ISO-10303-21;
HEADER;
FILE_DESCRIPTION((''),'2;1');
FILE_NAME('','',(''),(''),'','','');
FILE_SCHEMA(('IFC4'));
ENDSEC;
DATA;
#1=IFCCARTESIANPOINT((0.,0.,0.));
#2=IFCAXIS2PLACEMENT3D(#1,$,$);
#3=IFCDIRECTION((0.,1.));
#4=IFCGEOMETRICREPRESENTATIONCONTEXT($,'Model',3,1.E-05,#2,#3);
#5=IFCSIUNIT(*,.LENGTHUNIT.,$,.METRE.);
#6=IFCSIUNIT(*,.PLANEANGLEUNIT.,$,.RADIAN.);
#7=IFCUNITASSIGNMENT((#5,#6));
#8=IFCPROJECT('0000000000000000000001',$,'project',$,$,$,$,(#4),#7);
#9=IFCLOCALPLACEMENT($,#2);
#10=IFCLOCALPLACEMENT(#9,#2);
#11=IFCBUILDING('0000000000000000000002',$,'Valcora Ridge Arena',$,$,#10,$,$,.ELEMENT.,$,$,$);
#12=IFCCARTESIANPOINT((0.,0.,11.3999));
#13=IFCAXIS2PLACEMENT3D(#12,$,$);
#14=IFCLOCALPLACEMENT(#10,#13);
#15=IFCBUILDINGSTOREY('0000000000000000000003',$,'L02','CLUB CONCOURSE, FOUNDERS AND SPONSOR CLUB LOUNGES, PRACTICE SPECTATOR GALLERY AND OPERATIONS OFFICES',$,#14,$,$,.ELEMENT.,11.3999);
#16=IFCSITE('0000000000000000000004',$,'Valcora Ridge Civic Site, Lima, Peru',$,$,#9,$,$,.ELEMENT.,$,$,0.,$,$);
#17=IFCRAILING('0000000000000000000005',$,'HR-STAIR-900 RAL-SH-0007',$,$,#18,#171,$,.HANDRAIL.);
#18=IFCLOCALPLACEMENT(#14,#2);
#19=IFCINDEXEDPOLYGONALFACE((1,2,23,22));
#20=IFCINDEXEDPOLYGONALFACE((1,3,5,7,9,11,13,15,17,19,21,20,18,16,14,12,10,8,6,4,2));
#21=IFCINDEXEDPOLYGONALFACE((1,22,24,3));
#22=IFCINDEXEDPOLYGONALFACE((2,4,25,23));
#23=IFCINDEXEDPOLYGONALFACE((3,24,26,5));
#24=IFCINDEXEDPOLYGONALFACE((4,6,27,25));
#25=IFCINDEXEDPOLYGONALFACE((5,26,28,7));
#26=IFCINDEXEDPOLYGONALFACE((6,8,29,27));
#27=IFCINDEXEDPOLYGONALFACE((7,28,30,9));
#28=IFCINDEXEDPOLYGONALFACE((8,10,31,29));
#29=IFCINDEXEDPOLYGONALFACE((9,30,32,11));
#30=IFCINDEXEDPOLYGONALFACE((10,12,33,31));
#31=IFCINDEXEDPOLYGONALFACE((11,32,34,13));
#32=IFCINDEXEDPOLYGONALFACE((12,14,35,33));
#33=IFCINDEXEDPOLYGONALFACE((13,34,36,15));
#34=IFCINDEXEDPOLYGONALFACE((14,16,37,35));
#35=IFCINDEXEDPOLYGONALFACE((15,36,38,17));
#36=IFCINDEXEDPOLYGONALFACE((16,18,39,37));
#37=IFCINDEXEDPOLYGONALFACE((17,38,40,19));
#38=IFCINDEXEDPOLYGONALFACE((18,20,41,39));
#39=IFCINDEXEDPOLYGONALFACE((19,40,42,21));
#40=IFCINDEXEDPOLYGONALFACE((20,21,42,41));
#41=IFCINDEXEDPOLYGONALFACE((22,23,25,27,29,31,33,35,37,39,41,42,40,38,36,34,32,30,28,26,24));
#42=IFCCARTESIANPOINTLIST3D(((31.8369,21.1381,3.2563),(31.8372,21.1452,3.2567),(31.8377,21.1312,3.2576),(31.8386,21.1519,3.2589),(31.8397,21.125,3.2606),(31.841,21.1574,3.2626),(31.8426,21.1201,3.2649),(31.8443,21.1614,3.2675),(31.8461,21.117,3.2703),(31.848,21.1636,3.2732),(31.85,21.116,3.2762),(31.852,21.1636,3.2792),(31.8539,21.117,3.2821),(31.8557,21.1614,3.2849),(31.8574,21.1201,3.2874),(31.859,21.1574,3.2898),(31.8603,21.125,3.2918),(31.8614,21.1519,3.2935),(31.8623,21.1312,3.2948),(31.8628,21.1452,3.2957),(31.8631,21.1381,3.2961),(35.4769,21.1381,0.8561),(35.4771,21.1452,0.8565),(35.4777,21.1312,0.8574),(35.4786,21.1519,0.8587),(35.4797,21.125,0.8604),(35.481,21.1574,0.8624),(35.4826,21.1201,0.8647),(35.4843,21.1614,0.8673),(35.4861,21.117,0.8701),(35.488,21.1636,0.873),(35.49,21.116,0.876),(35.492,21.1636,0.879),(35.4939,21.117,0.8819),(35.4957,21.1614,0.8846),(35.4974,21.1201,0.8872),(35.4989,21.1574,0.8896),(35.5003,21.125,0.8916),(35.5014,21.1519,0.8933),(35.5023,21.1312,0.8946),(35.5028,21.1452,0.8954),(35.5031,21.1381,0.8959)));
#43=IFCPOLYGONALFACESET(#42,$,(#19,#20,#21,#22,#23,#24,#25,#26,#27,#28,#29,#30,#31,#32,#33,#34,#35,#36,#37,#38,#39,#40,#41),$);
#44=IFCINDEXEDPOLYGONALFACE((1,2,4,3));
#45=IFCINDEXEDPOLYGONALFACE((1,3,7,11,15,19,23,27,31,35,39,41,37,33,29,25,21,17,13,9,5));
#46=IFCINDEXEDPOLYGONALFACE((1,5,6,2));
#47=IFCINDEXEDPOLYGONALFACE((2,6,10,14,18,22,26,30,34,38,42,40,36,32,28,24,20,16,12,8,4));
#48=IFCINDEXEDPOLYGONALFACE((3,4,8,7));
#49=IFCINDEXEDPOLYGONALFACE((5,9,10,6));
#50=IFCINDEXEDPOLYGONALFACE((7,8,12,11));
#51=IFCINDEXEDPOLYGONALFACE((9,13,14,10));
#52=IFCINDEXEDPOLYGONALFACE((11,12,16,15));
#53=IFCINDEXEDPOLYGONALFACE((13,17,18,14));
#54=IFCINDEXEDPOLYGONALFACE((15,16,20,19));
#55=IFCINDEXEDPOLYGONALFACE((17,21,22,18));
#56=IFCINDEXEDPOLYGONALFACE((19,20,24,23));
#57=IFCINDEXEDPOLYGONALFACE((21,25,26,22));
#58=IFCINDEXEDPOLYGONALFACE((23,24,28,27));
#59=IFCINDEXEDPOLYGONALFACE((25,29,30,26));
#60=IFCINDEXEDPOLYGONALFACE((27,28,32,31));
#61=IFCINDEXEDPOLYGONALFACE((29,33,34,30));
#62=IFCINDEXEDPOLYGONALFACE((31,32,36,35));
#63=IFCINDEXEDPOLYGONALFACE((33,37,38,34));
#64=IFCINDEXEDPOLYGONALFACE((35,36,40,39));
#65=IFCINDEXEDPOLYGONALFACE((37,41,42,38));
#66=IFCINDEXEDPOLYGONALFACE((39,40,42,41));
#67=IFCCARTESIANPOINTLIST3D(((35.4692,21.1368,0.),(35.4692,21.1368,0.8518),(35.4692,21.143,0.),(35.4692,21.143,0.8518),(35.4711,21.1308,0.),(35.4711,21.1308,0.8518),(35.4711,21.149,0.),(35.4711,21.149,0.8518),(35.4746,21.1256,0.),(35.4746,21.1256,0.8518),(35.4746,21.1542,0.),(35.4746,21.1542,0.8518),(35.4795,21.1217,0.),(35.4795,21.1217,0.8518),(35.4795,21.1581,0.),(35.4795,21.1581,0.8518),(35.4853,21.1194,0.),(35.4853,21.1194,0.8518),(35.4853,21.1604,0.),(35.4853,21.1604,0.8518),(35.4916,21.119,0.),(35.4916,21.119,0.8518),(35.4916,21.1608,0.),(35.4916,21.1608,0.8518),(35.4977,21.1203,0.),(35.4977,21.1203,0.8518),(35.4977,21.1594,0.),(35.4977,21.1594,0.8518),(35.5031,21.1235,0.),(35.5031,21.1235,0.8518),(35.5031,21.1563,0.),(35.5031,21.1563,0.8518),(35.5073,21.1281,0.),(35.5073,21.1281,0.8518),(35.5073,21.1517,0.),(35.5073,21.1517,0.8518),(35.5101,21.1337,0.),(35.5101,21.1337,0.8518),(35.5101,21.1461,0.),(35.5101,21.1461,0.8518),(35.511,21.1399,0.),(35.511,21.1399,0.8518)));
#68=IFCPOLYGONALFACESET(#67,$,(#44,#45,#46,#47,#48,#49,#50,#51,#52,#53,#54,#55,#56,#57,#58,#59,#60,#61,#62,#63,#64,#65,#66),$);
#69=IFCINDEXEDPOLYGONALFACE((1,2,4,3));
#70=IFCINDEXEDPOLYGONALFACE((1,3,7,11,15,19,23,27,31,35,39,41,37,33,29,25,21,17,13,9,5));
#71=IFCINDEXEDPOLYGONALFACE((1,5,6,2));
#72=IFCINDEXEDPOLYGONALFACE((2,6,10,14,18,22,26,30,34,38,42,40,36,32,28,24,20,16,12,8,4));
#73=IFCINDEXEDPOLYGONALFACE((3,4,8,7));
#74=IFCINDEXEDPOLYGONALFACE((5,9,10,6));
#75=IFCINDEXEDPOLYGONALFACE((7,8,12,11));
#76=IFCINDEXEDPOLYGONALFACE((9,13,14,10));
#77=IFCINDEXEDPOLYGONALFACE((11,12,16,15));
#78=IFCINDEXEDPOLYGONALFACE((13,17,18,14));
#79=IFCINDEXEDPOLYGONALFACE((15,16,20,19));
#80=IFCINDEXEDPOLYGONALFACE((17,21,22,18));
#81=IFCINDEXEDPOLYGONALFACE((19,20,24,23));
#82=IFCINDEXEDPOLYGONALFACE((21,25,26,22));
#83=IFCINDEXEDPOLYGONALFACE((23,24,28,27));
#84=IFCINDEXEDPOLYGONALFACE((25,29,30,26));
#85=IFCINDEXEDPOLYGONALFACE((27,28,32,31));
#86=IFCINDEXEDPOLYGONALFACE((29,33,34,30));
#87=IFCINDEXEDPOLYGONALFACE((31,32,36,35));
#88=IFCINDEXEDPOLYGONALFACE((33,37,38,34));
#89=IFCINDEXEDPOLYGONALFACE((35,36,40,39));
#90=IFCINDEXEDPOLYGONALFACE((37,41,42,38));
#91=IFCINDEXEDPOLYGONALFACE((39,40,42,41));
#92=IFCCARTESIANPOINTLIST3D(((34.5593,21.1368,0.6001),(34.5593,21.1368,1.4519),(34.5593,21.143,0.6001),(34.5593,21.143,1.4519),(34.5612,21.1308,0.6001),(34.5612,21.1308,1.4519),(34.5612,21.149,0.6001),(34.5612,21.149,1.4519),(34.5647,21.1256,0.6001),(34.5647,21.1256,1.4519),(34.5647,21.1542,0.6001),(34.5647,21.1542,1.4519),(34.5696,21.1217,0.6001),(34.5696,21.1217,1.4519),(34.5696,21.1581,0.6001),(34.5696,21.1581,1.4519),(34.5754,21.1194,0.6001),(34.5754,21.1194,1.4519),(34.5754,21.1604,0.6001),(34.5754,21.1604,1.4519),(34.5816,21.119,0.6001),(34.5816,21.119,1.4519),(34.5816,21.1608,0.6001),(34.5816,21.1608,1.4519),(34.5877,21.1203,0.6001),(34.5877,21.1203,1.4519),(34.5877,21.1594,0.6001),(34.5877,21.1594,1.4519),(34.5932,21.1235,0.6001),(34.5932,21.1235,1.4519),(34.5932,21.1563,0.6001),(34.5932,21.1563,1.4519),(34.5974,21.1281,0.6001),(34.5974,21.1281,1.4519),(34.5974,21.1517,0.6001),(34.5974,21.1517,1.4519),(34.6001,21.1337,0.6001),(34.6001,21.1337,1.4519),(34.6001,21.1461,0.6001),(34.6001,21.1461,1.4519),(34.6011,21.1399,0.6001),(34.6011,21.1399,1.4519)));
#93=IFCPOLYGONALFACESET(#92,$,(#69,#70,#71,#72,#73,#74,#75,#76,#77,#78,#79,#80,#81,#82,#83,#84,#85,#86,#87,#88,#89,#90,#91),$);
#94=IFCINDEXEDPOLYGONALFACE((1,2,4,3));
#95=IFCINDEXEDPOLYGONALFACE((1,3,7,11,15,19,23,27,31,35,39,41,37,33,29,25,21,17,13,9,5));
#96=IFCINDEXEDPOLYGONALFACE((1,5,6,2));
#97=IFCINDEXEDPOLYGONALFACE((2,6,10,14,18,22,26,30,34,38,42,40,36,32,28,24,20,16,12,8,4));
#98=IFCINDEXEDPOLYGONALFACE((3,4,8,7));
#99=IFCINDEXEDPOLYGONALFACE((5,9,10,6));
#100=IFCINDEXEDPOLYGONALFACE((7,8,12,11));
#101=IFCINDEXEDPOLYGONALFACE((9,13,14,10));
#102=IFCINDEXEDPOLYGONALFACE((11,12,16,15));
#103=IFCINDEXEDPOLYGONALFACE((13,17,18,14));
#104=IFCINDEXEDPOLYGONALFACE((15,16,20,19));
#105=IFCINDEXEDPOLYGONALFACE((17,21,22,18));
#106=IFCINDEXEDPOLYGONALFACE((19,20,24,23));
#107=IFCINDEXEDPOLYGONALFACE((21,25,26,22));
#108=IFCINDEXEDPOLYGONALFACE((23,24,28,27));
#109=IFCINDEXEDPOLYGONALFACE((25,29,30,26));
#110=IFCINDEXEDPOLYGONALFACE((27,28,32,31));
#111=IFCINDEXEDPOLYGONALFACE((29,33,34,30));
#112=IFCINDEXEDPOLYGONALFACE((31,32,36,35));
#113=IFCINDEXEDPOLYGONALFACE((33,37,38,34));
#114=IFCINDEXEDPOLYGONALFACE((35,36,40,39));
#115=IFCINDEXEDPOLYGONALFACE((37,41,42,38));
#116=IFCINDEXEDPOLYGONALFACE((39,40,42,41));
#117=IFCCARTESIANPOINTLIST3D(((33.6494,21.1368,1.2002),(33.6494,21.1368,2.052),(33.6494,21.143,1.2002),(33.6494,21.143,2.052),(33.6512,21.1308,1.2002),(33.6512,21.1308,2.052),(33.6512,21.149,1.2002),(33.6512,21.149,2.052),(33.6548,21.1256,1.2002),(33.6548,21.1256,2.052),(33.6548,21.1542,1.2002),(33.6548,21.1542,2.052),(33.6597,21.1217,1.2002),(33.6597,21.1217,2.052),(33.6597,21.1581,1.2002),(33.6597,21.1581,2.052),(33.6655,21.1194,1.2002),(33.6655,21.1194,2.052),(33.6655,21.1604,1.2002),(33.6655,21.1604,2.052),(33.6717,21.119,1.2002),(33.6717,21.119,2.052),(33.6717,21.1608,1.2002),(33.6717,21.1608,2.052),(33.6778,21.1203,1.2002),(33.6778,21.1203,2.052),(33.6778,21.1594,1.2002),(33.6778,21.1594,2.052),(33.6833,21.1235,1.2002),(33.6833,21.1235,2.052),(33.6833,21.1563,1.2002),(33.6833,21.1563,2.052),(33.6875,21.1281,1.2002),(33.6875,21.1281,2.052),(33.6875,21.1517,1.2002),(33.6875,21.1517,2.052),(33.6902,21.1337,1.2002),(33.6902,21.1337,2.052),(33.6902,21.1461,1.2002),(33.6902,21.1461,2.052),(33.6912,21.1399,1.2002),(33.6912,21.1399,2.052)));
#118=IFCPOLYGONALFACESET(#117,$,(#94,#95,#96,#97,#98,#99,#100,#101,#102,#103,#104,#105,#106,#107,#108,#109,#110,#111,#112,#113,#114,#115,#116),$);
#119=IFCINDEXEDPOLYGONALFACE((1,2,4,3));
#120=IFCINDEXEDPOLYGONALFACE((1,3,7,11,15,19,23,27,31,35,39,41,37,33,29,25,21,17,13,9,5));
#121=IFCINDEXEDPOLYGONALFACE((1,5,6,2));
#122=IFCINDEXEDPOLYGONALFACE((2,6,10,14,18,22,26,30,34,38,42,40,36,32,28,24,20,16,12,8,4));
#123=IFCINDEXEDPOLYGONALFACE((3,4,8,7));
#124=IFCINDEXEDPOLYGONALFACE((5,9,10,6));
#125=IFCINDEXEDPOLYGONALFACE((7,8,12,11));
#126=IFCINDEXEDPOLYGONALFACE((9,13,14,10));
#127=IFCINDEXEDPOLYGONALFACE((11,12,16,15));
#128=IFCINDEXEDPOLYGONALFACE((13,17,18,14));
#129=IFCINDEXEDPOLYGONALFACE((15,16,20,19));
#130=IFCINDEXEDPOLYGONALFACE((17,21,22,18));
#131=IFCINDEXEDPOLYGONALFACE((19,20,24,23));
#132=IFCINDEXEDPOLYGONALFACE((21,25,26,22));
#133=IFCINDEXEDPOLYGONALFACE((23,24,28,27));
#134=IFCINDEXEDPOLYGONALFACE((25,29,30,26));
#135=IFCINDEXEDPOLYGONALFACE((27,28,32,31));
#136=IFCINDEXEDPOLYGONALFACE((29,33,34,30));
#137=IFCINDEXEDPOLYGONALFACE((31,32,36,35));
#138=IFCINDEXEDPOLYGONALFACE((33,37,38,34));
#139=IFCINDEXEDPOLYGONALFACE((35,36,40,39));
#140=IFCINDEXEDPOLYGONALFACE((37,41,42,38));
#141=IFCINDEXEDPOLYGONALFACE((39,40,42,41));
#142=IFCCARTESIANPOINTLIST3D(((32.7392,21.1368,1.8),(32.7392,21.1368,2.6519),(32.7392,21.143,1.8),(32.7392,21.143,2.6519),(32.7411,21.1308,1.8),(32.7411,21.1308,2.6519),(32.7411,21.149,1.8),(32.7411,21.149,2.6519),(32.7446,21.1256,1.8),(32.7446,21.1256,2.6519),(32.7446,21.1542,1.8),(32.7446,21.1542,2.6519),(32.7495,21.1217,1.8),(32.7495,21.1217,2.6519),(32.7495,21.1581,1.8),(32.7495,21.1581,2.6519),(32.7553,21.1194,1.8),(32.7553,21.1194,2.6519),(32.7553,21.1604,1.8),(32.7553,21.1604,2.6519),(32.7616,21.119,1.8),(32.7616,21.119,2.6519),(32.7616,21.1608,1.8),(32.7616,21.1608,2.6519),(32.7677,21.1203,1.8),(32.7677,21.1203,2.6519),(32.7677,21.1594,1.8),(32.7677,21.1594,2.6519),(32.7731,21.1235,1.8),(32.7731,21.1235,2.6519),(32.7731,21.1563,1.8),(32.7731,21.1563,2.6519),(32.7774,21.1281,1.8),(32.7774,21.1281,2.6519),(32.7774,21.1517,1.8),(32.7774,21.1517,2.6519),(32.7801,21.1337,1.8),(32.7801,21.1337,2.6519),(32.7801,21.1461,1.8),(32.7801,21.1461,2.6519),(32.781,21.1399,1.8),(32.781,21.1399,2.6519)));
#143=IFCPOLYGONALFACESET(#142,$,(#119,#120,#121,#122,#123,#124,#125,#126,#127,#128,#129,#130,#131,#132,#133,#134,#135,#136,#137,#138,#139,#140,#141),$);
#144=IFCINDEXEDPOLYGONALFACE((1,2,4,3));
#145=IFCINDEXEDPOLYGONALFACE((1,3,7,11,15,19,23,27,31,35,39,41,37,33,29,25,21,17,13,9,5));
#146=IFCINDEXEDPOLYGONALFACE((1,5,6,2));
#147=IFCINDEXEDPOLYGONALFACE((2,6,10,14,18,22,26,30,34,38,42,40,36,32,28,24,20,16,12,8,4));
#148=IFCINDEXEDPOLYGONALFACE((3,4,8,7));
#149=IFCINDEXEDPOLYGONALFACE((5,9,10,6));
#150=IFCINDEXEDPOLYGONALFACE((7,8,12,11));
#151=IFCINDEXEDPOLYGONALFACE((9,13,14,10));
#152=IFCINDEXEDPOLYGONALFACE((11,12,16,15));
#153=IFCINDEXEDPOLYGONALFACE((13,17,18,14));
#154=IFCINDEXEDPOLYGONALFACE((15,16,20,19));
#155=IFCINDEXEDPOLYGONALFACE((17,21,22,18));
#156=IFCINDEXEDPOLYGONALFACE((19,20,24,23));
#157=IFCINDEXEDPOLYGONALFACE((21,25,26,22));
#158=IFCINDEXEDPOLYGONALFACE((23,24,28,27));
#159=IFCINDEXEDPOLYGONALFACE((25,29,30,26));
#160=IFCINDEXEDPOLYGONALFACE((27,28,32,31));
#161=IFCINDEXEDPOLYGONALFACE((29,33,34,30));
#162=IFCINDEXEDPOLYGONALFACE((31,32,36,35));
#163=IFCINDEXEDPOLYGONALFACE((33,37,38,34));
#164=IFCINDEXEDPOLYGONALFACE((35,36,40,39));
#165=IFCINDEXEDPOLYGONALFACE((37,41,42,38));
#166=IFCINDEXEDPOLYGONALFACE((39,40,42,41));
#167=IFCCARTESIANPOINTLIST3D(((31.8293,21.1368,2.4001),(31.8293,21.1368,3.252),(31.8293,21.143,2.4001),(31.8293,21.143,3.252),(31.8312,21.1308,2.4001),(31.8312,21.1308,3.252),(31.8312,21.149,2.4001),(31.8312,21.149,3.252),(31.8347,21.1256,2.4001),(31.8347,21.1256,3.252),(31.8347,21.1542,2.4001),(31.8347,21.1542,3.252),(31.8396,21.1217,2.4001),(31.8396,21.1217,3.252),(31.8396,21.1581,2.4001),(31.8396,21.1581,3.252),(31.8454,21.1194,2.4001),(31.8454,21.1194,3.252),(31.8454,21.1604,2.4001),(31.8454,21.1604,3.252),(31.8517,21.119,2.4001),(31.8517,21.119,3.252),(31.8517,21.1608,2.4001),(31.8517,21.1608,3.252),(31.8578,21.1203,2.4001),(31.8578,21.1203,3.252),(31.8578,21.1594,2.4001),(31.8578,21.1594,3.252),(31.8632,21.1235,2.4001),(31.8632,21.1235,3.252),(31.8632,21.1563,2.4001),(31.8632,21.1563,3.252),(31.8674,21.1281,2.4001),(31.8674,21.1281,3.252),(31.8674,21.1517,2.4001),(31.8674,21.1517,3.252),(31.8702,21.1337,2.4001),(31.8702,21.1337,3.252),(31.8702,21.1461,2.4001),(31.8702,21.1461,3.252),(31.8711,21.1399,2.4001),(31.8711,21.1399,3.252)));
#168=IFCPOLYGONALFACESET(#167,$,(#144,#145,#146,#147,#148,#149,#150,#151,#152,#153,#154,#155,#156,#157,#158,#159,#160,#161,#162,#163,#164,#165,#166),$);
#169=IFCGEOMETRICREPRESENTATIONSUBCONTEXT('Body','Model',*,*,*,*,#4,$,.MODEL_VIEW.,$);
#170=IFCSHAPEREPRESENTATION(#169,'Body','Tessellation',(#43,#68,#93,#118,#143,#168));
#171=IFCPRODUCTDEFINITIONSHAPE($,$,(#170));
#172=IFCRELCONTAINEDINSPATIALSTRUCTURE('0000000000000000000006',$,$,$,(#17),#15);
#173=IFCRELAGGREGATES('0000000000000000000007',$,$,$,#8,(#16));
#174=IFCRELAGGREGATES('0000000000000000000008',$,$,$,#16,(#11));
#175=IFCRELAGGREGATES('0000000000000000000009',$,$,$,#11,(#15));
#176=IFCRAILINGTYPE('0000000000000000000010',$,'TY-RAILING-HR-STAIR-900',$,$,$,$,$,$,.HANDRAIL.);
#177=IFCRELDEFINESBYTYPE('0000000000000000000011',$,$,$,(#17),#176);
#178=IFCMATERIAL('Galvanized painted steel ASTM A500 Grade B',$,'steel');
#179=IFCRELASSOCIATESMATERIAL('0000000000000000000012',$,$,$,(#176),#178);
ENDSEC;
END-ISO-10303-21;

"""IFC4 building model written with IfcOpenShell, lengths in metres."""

from ifc_helpers import new_model, si_unit, direction, frame, origin, origin_2d, place, context, subcontext, project, spatial, circle, extrude, material, type_object, element, save


model = new_model("IFC4")

# Units and contexts
model_context = context("Model", 3, precision=1e-05, world=origin(), true_north=direction((0.0, 1.0)))
body_context = subcontext(model_context, "Body", "Model", "MODEL_VIEW")
ifc_project = project(units=[si_unit("LENGTHUNIT", "METRE"), si_unit("PLANEANGLEUNIT", "RADIAN")], contexts=[model_context])

# Site, building, storey
site_placement = place(None, origin())
site = spatial("IfcSite", under=ifc_project, at=site_placement, Name="Valcora Ridge Civic Site, Lima, Peru", CompositionType="ELEMENT", RefElevation=0.0)
building_placement = place(site_placement, origin())
building = spatial("IfcBuilding", under=site, at=building_placement, Name="Valcora Ridge Arena", CompositionType="ELEMENT")
storey_placement = place(building_placement, frame((0.0, 0.0, 11.3999)))
storey = spatial("IfcBuildingStorey", under=building, at=storey_placement, Name="L02", Description="CLUB CONCOURSE, FOUNDERS AND SPONSOR CLUB LOUNGES, PRACTICE SPECTATOR GALLERY AND OPERATIONS OFFICES", CompositionType="ELEMENT", Elevation=11.3999)

# Railing
ifc_material_1 = material(Name="Galvanized painted steel ASTM A500 Grade B", Category="steel")
railing_type_1 = type_object("IfcRailingType", Name="TY-RAILING-HR-STAIR-900", PredefinedType="HANDRAIL", material=ifc_material_1)
railing_1_placement = place(storey_placement, frame((35.49, 21.1399, 0.0)))
element("IfcRailing", 1, at=railing_1_placement, inside=storey, type_object=railing_type_1, Name="HR-STAIR-900 RAL-SH-0007", PredefinedType="HANDRAIL", context=body_context, shape_type="SweptSolid", body=[
    extrude(circle(Radius=0.0239, at=origin_2d()), frame((0.0, 0.0, 0.876), z_axis=(-0.834839, 0.0, 0.550493), x_axis=(0.0, -1.0, 0.0)), (0.0, 0.0, 1.0), 4.3601),
    extrude(circle(Radius=0.021, at=origin_2d()), origin(), (0.0, 0.0, 1.0), 0.8518),
    extrude(circle(Radius=0.021, at=origin_2d()), frame((-0.9099, 0.0, 0.6001)), (0.0, 0.0, 1.0), 0.8518),
    extrude(circle(Radius=0.021, at=origin_2d()), frame((-1.8198, 0.0, 1.2002)), (0.0, 0.0, 1.0), 0.8518),
    extrude(circle(Radius=0.021, at=origin_2d()), frame((-2.73, 0.0, 1.8)), (0.0, 0.0, 1.0), 0.8518),
    extrude(circle(Radius=0.021, at=origin_2d()), frame((-3.6399, 0.0, 2.4001)), (0.0, 0.0, 1.0), 0.8518),
])

save(model, "model.ifc")
